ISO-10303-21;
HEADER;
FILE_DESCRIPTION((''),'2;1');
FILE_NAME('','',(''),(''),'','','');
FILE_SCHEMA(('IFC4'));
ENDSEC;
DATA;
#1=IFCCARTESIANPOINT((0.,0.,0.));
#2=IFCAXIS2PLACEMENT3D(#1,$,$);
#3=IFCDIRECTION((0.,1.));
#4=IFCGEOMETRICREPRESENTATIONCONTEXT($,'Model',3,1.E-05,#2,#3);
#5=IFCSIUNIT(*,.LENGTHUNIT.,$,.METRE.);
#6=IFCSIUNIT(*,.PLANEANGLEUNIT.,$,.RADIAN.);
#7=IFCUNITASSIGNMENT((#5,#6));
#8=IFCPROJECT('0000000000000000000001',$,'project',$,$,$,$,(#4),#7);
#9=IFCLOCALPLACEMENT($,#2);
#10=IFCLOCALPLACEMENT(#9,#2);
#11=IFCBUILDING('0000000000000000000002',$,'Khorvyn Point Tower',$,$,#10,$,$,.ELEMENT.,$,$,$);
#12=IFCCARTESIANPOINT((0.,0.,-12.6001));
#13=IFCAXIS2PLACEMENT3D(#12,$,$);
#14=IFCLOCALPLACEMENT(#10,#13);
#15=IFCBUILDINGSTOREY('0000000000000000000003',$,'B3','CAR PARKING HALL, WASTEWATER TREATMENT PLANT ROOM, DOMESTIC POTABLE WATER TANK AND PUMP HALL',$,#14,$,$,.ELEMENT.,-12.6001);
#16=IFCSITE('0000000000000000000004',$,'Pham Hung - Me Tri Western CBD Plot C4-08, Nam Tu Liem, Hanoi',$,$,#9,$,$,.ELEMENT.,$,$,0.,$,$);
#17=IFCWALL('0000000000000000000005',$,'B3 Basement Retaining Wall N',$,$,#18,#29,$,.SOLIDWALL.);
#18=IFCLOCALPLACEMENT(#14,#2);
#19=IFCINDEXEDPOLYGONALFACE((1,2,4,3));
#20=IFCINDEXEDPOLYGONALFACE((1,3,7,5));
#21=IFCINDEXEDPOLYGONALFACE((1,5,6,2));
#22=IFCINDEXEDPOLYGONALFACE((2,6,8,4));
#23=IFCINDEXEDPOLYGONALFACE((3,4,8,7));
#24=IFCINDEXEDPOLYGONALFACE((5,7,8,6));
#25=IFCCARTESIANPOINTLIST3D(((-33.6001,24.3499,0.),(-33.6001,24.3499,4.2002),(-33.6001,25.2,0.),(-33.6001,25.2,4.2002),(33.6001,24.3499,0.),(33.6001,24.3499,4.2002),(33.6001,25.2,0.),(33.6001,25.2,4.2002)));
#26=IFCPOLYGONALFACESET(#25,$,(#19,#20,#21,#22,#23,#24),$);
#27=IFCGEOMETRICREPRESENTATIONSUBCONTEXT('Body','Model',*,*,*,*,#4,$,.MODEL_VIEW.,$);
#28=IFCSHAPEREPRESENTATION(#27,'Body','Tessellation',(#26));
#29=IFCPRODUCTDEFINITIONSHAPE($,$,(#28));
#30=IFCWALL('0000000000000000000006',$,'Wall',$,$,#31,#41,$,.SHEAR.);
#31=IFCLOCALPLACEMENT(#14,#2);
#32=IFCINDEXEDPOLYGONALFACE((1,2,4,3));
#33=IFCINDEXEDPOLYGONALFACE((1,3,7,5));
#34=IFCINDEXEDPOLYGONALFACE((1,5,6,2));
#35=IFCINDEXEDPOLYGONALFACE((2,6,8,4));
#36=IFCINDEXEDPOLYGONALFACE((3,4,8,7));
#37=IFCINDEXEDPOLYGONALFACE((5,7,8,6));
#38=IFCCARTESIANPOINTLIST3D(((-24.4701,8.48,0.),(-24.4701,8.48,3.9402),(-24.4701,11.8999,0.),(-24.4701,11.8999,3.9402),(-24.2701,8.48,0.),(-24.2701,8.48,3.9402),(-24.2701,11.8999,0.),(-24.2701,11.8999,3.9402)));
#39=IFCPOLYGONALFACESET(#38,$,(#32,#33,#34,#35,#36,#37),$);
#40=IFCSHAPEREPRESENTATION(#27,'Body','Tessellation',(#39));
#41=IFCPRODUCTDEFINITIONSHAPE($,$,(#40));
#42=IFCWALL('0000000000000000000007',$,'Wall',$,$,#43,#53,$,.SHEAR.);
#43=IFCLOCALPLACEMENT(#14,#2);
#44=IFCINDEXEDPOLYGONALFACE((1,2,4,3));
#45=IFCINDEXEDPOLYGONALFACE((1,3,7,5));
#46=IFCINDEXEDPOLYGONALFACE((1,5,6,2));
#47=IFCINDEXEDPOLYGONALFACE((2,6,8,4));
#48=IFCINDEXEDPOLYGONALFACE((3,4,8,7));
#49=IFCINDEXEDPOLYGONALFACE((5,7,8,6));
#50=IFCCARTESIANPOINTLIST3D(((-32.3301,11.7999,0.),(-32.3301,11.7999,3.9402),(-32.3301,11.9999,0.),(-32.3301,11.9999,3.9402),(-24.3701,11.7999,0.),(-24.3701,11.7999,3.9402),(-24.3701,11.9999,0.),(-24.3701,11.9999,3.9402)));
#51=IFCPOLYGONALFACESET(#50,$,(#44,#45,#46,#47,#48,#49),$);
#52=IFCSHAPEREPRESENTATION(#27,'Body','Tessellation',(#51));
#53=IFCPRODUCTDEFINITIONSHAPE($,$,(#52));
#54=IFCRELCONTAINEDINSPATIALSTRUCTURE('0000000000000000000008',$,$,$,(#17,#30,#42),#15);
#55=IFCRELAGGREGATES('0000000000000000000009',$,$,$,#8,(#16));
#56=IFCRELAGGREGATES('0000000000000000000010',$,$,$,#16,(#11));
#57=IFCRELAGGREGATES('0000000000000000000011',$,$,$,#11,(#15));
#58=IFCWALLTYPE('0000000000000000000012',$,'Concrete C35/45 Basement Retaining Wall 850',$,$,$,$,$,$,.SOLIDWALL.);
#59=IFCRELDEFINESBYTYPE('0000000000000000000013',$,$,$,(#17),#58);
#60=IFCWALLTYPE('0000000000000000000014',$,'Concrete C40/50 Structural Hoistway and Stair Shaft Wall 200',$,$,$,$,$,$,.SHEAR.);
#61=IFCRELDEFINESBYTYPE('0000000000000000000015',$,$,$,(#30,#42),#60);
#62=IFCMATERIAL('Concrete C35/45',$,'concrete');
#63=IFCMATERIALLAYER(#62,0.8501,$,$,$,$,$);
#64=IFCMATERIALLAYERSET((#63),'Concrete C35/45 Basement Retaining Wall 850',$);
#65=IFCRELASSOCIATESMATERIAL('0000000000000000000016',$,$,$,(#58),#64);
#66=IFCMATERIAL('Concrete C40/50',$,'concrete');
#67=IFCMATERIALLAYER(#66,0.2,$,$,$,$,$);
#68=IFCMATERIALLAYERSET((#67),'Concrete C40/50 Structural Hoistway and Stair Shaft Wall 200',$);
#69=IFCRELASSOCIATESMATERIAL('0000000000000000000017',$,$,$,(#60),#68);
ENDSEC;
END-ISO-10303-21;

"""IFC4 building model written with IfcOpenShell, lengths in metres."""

from ifc_helpers import new_model, si_unit, direction, frame, frame_2d, origin, place, context, subcontext, project, spatial, rectangle, extrude, material, layer, layer_set, type_object, element, save


model = new_model("IFC4")

# Units and contexts
model_context = context("Model", 3, precision=1e-05, world=origin(), true_north=direction((0.0, 1.0)))
body_context = subcontext(model_context, "Body", "Model", "MODEL_VIEW")
ifc_project = project(units=[si_unit("LENGTHUNIT", "METRE"), si_unit("PLANEANGLEUNIT", "RADIAN")], contexts=[model_context])

# Site, building, storey
site_placement = place(None, origin())
site = spatial("IfcSite", under=ifc_project, at=site_placement, Name="Pham Hung - Me Tri Western CBD Plot C4-08, Nam Tu Liem, Hanoi", CompositionType="ELEMENT", RefElevation=0.0)
building_placement = place(site_placement, origin())
building = spatial("IfcBuilding", under=site, at=building_placement, Name="Khorvyn Point Tower", CompositionType="ELEMENT")
storey_placement = place(building_placement, frame((0.0, 0.0, -12.6001)))
storey = spatial("IfcBuildingStorey", under=building, at=storey_placement, Name="B3", Description="CAR PARKING HALL, WASTEWATER TREATMENT PLANT ROOM, DOMESTIC POTABLE WATER TANK AND PUMP HALL", CompositionType="ELEMENT", Elevation=-12.6001)

# Shared definitions
ifc_material_1 = material(Name="Concrete C40/50", Category="concrete")

# Walls
ifc_material_2 = material(Name="Concrete C35/45", Category="concrete")
ifc_layer_1 = layer(ifc_material_2, 0.8501)
ifc_layer_set_1 = layer_set([ifc_layer_1], Name="Concrete C35/45 Basement Retaining Wall 850")
wall_type_1 = type_object("IfcWallType", Name="Concrete C35/45 Basement Retaining Wall 850", PredefinedType="SOLIDWALL", material=ifc_layer_set_1)
wall_1_placement = place(storey_placement, frame((-33.6001, 24.7749, 0.0), z_axis=(0.0, 0.0, 1.0), x_axis=(1.0, 0.0, 0.0)))
element("IfcWall", 1, at=wall_1_placement, inside=storey, type_object=wall_type_1, Name="B3 Basement Retaining Wall N", PredefinedType="SOLIDWALL", context=body_context, shape_type="SweptSolid", body=[
    extrude(rectangle(XDim=67.2002, YDim=0.8501, at=frame_2d((33.6001, 0.0))), origin(), (0.0, 0.0, 1.0), 4.2002),
])
ifc_layer_2 = layer(ifc_material_1, 0.2)
ifc_layer_set_2 = layer_set([ifc_layer_2], Name="Concrete C40/50 Structural Hoistway and Stair Shaft Wall 200")
wall_type_2 = type_object("IfcWallType", Name="Concrete C40/50 Structural Hoistway and Stair Shaft Wall 200", PredefinedType="SHEAR", material=ifc_layer_set_2)
wall_2_placement = place(storey_placement, frame((-24.3701, 11.8999, 0.0), z_axis=(0.0, 0.0, 1.0), x_axis=(0.0, -1.0, 0.0)))
element("IfcWall", 2, at=wall_2_placement, inside=storey, type_object=wall_type_2, Name="Wall", PredefinedType="SHEAR", context=body_context, shape_type="SweptSolid", body=[
    extrude(rectangle(XDim=3.4199, YDim=0.2, at=frame_2d((1.71, 0.0))), origin(), (0.0, 0.0, 1.0), 3.9402),
])
wall_3_placement = place(storey_placement, frame((-32.3301, 11.8999, 0.0), z_axis=(0.0, 0.0, 1.0), x_axis=(1.0, 0.0, 0.0)))
element("IfcWall", 3, at=wall_3_placement, inside=storey, type_object=wall_type_2, Name="Wall", PredefinedType="SHEAR", context=body_context, shape_type="SweptSolid", body=[
    extrude(rectangle(XDim=7.96, YDim=0.2, at=frame_2d((3.98, 0.0))), origin(), (0.0, 0.0, 1.0), 3.9402),
])

save(model, "model.ifc")
